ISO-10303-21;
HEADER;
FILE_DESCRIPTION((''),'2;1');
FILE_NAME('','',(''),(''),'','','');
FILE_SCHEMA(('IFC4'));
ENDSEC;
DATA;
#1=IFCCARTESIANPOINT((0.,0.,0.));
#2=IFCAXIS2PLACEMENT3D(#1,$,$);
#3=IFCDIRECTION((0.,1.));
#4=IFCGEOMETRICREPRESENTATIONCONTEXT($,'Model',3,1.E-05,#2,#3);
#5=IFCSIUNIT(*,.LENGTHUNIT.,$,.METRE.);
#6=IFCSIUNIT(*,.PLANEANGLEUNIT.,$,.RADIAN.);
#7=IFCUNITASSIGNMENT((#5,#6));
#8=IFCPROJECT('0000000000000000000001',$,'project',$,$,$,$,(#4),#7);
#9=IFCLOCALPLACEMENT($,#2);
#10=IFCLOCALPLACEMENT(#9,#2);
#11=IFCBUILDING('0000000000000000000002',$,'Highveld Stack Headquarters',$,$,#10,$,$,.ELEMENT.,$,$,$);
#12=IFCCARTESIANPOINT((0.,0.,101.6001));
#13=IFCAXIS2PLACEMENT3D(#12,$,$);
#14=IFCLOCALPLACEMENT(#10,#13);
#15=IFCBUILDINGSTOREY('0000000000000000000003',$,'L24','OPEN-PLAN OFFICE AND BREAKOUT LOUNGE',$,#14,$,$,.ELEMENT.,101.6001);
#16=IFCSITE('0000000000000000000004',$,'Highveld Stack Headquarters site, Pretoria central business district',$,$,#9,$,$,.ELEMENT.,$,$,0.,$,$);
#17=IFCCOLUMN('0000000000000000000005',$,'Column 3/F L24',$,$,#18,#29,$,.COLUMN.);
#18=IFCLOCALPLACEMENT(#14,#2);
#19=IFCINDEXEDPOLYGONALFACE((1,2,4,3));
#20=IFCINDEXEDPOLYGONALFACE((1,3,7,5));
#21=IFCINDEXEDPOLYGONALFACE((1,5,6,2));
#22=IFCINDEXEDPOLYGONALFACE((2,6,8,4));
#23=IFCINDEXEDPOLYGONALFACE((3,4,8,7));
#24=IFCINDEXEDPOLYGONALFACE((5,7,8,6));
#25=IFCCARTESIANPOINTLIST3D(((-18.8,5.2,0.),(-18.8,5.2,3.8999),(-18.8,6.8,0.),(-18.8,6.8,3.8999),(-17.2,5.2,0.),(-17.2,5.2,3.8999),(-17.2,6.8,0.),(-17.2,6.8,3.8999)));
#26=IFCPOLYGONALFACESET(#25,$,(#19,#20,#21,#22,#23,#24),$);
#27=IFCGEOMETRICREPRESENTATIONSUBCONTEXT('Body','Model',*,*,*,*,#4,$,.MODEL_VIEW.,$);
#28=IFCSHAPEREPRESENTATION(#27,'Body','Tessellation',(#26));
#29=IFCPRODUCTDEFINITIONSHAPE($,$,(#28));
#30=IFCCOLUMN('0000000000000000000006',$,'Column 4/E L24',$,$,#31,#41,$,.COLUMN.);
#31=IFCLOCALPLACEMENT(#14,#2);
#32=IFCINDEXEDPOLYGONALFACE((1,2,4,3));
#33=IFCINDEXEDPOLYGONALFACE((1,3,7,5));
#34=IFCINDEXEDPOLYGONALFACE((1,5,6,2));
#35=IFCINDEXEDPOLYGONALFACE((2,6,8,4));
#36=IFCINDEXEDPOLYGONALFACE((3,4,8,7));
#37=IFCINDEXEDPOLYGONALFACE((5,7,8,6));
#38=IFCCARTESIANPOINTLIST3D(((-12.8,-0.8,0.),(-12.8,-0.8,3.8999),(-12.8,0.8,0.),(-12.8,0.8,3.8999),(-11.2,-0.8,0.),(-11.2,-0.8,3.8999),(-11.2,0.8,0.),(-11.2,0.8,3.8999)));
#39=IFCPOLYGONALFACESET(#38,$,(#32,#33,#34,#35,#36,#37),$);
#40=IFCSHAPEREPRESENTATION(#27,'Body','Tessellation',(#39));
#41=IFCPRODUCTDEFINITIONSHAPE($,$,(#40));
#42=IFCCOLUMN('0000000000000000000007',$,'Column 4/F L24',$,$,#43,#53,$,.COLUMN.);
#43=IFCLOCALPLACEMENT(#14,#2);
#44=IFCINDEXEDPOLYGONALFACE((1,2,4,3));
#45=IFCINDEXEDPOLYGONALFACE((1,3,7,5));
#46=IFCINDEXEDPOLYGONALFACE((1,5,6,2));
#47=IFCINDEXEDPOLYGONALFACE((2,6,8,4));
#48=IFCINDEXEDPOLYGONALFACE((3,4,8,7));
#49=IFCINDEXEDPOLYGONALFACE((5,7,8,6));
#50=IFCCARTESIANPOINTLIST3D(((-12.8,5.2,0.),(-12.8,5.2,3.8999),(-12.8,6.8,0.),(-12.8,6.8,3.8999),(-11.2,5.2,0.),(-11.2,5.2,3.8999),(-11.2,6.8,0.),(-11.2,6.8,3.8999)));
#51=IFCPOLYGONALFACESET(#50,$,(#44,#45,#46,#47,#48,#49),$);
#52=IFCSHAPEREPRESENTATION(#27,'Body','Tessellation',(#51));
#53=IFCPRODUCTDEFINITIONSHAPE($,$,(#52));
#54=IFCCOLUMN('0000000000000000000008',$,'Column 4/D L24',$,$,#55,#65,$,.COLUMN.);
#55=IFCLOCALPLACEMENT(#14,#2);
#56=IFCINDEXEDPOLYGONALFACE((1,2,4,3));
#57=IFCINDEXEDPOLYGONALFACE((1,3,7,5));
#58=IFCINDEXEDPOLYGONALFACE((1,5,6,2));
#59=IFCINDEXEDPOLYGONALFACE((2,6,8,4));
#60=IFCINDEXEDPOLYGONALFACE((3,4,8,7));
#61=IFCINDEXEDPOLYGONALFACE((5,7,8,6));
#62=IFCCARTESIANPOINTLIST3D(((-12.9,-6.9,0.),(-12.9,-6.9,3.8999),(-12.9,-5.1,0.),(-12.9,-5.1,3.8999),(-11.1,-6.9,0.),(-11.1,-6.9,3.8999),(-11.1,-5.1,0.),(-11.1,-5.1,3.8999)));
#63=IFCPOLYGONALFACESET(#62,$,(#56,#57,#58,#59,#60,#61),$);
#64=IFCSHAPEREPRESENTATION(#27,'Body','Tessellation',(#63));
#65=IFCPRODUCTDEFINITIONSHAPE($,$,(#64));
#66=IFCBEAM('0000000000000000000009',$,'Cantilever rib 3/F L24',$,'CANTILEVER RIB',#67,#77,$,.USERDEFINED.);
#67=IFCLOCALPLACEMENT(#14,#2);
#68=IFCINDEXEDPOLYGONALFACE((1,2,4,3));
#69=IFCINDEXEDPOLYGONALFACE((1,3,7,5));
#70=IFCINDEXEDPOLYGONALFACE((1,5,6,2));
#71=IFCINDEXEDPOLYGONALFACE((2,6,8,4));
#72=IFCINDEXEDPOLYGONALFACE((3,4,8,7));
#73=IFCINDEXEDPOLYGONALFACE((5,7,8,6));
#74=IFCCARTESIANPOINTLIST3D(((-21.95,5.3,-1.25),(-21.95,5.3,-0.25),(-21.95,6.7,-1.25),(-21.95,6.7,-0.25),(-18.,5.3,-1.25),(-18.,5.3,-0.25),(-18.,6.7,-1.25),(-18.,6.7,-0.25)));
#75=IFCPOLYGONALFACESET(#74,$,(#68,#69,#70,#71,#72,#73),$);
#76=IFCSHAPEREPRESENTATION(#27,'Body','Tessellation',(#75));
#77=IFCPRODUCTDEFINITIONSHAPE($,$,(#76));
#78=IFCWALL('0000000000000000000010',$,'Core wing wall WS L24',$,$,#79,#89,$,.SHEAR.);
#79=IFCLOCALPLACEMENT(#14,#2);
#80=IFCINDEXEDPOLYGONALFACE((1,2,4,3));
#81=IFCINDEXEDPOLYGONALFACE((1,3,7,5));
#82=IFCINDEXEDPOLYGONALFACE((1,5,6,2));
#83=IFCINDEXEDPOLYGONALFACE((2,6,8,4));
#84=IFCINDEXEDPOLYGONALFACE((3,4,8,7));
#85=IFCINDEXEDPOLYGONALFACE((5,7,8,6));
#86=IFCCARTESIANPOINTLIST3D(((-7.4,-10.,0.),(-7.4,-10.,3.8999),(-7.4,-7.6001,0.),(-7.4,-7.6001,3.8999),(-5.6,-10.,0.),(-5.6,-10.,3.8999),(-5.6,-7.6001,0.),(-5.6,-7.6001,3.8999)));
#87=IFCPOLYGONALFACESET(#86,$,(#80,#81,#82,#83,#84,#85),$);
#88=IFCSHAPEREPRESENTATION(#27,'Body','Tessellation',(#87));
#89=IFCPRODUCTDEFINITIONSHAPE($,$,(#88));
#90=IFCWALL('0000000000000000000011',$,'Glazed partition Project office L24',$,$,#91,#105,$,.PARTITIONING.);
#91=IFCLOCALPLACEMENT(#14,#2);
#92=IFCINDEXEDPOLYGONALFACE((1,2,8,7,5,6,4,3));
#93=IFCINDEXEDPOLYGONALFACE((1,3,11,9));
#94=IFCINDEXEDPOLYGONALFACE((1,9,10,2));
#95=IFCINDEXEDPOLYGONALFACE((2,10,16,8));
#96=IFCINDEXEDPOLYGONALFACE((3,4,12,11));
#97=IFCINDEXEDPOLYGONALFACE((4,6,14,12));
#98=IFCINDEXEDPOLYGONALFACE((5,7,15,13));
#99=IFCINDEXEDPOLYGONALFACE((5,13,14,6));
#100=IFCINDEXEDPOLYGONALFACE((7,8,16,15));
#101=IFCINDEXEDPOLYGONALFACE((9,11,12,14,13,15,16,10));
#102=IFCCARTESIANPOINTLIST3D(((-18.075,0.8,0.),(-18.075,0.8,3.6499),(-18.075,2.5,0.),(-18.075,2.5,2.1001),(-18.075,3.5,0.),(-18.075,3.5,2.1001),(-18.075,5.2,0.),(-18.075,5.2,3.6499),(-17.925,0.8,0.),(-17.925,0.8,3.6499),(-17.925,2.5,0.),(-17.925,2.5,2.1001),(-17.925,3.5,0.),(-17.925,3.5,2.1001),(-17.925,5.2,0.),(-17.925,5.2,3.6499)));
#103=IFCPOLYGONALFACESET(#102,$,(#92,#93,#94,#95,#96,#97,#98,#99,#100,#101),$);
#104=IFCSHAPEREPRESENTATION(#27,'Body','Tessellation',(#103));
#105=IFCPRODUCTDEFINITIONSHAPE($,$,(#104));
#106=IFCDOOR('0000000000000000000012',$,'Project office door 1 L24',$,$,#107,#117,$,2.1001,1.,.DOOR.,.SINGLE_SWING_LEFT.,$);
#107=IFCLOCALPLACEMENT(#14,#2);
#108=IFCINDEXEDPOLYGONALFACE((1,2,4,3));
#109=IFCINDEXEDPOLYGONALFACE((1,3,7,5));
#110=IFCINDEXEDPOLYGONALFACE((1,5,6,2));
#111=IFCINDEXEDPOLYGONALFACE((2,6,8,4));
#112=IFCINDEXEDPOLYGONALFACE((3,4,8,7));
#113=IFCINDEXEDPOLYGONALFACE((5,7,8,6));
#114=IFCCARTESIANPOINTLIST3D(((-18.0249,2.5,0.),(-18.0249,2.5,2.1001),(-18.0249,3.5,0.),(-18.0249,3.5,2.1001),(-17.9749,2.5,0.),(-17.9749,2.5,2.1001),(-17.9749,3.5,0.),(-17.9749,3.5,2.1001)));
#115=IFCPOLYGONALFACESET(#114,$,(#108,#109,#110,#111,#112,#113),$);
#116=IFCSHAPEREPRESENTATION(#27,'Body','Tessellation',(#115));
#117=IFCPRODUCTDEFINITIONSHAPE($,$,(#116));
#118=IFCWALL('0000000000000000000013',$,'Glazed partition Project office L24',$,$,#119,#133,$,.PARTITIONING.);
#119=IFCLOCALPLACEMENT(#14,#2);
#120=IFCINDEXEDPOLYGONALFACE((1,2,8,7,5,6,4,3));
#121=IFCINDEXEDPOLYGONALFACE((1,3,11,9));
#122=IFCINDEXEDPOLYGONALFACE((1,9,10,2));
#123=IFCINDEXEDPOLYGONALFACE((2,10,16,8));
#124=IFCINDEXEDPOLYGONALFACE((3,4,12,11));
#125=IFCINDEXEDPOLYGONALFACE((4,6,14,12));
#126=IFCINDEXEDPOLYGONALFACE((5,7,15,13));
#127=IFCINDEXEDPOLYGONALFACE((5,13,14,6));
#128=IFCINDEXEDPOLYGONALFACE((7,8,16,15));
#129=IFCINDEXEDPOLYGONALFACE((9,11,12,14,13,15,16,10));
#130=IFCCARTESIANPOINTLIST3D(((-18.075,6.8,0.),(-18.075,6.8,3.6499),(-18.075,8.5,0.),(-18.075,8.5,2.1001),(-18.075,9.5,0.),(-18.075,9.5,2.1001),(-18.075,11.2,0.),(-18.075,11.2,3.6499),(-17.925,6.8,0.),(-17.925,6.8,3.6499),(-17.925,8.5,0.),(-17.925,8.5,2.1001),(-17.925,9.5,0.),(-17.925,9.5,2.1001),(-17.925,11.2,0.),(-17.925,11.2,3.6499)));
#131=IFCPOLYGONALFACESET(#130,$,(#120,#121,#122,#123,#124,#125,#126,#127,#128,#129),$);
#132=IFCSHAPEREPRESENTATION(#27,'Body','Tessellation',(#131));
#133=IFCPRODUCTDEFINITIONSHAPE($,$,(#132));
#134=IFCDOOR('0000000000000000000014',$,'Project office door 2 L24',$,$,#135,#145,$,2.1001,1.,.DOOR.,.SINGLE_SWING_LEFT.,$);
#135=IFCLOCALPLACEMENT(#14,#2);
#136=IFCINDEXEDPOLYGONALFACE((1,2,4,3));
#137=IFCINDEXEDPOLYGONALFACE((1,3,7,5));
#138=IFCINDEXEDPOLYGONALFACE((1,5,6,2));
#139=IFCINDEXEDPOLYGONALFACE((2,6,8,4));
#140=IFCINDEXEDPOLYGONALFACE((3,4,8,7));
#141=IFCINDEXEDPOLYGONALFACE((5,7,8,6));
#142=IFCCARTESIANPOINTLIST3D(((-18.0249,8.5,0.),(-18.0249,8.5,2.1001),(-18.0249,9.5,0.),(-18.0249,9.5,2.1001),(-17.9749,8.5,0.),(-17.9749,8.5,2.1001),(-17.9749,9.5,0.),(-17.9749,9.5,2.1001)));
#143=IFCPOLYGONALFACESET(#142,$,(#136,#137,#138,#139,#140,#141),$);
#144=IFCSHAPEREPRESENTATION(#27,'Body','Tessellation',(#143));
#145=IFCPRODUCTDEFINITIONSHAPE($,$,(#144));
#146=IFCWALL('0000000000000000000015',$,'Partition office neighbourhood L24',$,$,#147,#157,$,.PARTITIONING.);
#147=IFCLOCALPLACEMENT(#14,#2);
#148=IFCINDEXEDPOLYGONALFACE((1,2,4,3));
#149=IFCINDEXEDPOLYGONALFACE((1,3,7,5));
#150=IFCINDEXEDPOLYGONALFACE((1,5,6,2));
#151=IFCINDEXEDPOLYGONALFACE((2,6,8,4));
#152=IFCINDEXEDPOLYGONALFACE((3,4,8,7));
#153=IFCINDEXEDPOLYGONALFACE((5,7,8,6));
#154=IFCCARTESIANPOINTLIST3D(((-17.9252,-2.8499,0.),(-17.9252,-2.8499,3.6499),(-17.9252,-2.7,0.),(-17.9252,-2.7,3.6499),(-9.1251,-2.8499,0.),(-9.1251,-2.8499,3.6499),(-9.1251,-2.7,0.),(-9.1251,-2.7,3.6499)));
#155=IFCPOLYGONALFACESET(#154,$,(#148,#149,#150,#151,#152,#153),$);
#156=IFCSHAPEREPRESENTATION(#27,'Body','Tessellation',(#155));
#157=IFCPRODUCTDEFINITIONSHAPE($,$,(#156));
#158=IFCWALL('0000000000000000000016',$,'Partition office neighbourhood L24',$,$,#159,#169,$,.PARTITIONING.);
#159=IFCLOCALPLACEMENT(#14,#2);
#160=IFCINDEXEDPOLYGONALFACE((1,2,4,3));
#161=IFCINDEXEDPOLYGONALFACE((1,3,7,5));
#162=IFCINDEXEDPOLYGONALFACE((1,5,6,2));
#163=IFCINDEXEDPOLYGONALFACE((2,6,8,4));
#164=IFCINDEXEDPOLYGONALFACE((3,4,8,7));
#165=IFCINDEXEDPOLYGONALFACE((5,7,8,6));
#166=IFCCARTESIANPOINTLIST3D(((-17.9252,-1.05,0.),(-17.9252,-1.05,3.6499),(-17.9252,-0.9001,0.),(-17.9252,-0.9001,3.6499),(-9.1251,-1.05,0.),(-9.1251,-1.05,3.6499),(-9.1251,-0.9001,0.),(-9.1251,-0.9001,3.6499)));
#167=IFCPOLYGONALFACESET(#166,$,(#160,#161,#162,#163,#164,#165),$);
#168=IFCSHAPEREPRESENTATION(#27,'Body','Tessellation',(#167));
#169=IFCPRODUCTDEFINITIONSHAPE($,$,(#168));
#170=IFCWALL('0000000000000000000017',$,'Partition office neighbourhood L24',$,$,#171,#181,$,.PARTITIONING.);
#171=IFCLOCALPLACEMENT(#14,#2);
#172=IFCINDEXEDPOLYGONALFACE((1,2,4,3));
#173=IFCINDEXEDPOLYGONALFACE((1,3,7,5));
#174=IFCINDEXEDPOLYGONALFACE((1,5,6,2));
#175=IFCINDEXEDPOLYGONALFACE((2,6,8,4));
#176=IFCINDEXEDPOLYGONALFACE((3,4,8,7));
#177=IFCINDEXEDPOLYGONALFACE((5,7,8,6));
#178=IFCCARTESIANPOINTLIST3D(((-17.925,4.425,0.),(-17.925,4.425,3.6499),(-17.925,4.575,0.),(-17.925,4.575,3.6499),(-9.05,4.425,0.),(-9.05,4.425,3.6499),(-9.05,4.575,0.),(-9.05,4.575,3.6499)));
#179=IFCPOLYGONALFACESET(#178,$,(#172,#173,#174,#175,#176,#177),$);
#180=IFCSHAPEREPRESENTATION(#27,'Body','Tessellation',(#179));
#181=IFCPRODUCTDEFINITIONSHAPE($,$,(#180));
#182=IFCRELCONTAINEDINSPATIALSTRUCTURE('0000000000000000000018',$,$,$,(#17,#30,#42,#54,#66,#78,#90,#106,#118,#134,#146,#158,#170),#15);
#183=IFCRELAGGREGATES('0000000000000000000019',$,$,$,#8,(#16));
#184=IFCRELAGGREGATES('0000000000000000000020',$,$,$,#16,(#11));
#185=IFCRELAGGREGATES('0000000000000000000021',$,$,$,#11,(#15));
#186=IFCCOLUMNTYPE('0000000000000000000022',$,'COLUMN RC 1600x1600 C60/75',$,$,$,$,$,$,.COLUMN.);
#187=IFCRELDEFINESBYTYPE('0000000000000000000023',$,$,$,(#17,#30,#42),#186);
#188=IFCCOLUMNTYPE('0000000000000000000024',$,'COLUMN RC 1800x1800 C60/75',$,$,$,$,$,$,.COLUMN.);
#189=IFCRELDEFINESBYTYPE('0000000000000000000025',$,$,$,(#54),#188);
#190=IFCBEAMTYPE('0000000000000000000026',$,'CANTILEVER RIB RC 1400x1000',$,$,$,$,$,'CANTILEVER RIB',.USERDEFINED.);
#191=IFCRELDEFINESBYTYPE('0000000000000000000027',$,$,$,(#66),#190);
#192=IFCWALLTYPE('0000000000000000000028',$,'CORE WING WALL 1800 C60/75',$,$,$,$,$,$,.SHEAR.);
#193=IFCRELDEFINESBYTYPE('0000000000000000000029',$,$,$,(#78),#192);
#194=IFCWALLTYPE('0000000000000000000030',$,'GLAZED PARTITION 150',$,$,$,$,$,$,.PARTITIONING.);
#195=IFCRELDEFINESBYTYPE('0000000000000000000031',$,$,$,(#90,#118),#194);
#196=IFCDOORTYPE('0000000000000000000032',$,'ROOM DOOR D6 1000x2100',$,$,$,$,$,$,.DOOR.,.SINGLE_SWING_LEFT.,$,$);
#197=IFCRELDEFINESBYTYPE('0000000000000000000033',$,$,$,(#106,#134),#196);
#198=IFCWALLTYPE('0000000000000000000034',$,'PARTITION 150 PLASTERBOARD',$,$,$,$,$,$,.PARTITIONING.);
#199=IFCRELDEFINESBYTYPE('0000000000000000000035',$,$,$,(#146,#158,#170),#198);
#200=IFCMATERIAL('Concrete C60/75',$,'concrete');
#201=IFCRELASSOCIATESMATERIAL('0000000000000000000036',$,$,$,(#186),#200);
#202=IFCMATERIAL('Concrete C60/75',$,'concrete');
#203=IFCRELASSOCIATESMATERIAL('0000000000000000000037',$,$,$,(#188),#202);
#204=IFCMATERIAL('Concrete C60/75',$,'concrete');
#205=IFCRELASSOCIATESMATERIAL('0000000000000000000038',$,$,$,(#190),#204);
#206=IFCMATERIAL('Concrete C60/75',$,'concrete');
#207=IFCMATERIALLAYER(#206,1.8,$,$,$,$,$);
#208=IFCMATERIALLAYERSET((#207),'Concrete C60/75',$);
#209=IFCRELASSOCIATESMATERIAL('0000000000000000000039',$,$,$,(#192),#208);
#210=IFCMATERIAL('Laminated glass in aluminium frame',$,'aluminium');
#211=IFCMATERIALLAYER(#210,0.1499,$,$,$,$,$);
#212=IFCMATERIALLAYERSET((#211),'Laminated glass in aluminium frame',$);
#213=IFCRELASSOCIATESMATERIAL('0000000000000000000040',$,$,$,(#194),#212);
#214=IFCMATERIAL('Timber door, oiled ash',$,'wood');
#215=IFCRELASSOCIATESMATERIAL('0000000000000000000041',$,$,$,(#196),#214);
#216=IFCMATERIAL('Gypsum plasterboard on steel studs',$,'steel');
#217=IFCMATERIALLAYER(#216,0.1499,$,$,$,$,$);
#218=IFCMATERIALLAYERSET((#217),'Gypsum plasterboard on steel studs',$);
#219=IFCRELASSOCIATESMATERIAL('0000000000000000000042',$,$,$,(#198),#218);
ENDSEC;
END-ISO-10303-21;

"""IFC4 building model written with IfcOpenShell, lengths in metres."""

from ifc_helpers import new_model, si_unit, direction, frame, frame_2d, origin, origin_2d, place, context, subcontext, project, spatial, rectangle, extrude, material, layer, layer_set, material_profile, profile_set, type_object, element, fill, save


model = new_model("IFC4")

# Units and contexts
model_context = context("Model", 3, precision=1e-05, world=origin(), true_north=direction((0.0, 1.0)))
body_context = subcontext(model_context, "Body", "Model", "MODEL_VIEW")
ifc_project = project(units=[si_unit("LENGTHUNIT", "METRE"), si_unit("PLANEANGLEUNIT", "RADIAN")], contexts=[model_context])

# Site, building, storey
site_placement = place(None, origin())
site = spatial("IfcSite", under=ifc_project, at=site_placement, Name="Highveld Stack Headquarters site, Pretoria central business district", CompositionType="ELEMENT", RefElevation=0.0)
building_placement = place(site_placement, origin())
building = spatial("IfcBuilding", under=site, at=building_placement, Name="Highveld Stack Headquarters", CompositionType="ELEMENT")
storey_placement = place(building_placement, frame((0.0, 0.0, 101.6001)))
storey = spatial("IfcBuildingStorey", under=building, at=storey_placement, Name="L24", Description="OPEN-PLAN OFFICE AND BREAKOUT LOUNGE", CompositionType="ELEMENT", Elevation=101.6001)

# Columns
ifc_material_1 = material(Name="Concrete C60/75", Category="concrete")
ifc_material_profile_1 = material_profile(ifc_material_1, rectangle(XDim=1.6001, YDim=1.6001, at=origin_2d()), Name="RC 1600x1600")
ifc_profile_set_1 = profile_set([ifc_material_profile_1], Name="Concrete C60/75")
column_type_1 = type_object("IfcColumnType", Name="COLUMN RC 1600x1600 C60/75", PredefinedType="COLUMN", material=ifc_profile_set_1)
for number, where, z_axis, x_axis, name in (
    (1, (-18.0, 6.0, 0.0), (0.0, 0.0, 1.0), (1.0, 0.0, 0.0), "Column 3/F L24"),
    (2, (-12.0, 0.0, 0.0), (0.0, 0.0, 1.0), (1.0, 0.0, 0.0), "Column 4/E L24"),
    (3, (-12.0, 6.0, 0.0), (0.0, 0.0, 1.0), (1.0, 0.0, 0.0), "Column 4/F L24"),
):
    element("IfcColumn", number, at=place(storey_placement, frame(where, z_axis=z_axis, x_axis=x_axis)), inside=storey, type_object=column_type_1, Name=name, PredefinedType="COLUMN", context=body_context, shape_type="SweptSolid", body=[
        extrude(rectangle(XDim=1.6001, YDim=1.6001, at=origin_2d()), origin(), (0.0, 0.0, 1.0), 3.8999),
    ])
ifc_material_2 = material(Name="Concrete C60/75", Category="concrete")
ifc_material_profile_2 = material_profile(ifc_material_2, rectangle(XDim=1.8, YDim=1.8, at=origin_2d()), Name="RC 1800x1800")
ifc_profile_set_2 = profile_set([ifc_material_profile_2], Name="Concrete C60/75")
column_type_2 = type_object("IfcColumnType", Name="COLUMN RC 1800x1800 C60/75", PredefinedType="COLUMN", material=ifc_profile_set_2)
column_placement = place(storey_placement, frame((-12.0, -6.0, 0.0), z_axis=(0.0, 0.0, 1.0), x_axis=(1.0, 0.0, 0.0)))
element("IfcColumn", 4, at=column_placement, inside=storey, type_object=column_type_2, Name="Column 4/D L24", PredefinedType="COLUMN", context=body_context, shape_type="SweptSolid", body=[
    extrude(rectangle(XDim=1.8, YDim=1.8, at=origin_2d()), origin(), (0.0, 0.0, 1.0), 3.8999),
])

# Beam
ifc_material_3 = material(Name="Concrete C60/75", Category="concrete")
ifc_material_profile_3 = material_profile(ifc_material_3, rectangle(XDim=1.3999, YDim=1.0, at=origin_2d()), Name="RC 1400x1000")
ifc_profile_set_3 = profile_set([ifc_material_profile_3], Name="Concrete C60/75")
beam_type = type_object("IfcBeamType", Name="CANTILEVER RIB RC 1400x1000", ElementType="CANTILEVER RIB", PredefinedType="USERDEFINED", material=ifc_profile_set_3)
beam_placement = place(storey_placement, frame((-18.0, 6.0, -0.75), z_axis=(-1.0, 0.0, 0.0), x_axis=(0.0, -1.0, 0.0)))
element("IfcBeam", 5, at=beam_placement, inside=storey, type_object=beam_type, Name="Cantilever rib 3/F L24", ObjectType="CANTILEVER RIB", PredefinedType="USERDEFINED", context=body_context, shape_type="SweptSolid", body=[
    extrude(rectangle(XDim=1.3999, YDim=1.0, at=origin_2d()), origin(), (0.0, 0.0, 1.0), 3.95),
])

# Wall
ifc_material_4 = material(Name="Concrete C60/75", Category="concrete")
ifc_layer_1 = layer(ifc_material_4, 1.8)
ifc_layer_set_1 = layer_set([ifc_layer_1], Name="Concrete C60/75")
wall_type_1 = type_object("IfcWallType", Name="CORE WING WALL 1800 C60/75", PredefinedType="SHEAR", material=ifc_layer_set_1)
wall_1_placement = place(storey_placement, frame((-6.5, -10.0, 0.0), z_axis=(0.0, 0.0, 1.0), x_axis=(0.0, 1.0, 0.0)))
element("IfcWall", 6, at=wall_1_placement, inside=storey, type_object=wall_type_1, Name="Core wing wall WS L24", PredefinedType="SHEAR", context=body_context, shape_type="SweptSolid", body=[
    extrude(rectangle(XDim=2.3999, YDim=1.8, at=frame_2d((1.2, 0.0))), origin(), (0.0, 0.0, 1.0), 3.8999),
])

# Walls, openings, doors
ifc_material_5 = material(Name="Laminated glass in aluminium frame", Category="aluminium")
ifc_layer_2 = layer(ifc_material_5, 0.1499)
ifc_layer_set_2 = layer_set([ifc_layer_2], Name="Laminated glass in aluminium frame")
wall_type_2 = type_object("IfcWallType", Name="GLAZED PARTITION 150", PredefinedType="PARTITIONING", material=ifc_layer_set_2)
wall_2_placement = place(storey_placement, frame((-18.0, 0.8, 0.0), z_axis=(0.0, 0.0, 1.0), x_axis=(0.0, 1.0, 0.0)))
wall_2 = element("IfcWall", 7, at=wall_2_placement, inside=storey, type_object=wall_type_2, Name="Glazed partition Project office L24", PredefinedType="PARTITIONING", context=body_context, shape_type="SweptSolid", body=[
    extrude(rectangle(XDim=4.3999, YDim=0.1499, at=frame_2d((2.2, 0.0))), origin(), (0.0, 0.0, 1.0), 3.6499),
])
opening_1_placement = place(wall_2_placement, frame((1.7, 0.0, 0.0)))
opening_1 = element("IfcOpeningElement", 8, at=opening_1_placement, cuts=wall_2, PredefinedType="OPENING", context=body_context, shape_type="SweptSolid", body=[
    extrude(rectangle(XDim=1.0, YDim=2.1001, at=frame_2d((0.5, 1.05))), frame((0.0, 0.085, 0.0), z_axis=(0.0, -1.0, 0.0), x_axis=(1.0, 0.0, 0.0)), (0.0, 0.0, 1.0), 0.1699),
])
ifc_material_6 = material(Name="Timber door, oiled ash", Category="wood")
door_type = type_object("IfcDoorType", Name="ROOM DOOR D6 1000x2100", OperationType="SINGLE_SWING_LEFT", PredefinedType="DOOR", material=ifc_material_6)
door_1_placement = place(opening_1_placement, origin())
door_1 = element("IfcDoor", 9, at=door_1_placement, inside=storey, type_object=door_type, Name="Project office door 1 L24", OperationType="SINGLE_SWING_LEFT", OverallHeight=2.1001, OverallWidth=1.0, PredefinedType="DOOR", context=body_context, shape_type="SweptSolid", body=[
    extrude(rectangle(XDim=1.0, YDim=2.1001, at=frame_2d((0.5, 1.05))), frame((0.0, 0.0249, 0.0), z_axis=(0.0, -1.0, 0.0), x_axis=(1.0, 0.0, 0.0)), (0.0, 0.0, 1.0), 0.05),
])
fill(opening_1, door_1)
wall_3_placement = place(storey_placement, frame((-18.0, 6.8, 0.0), z_axis=(0.0, 0.0, 1.0), x_axis=(0.0, 1.0, 0.0)))
wall_3 = element("IfcWall", 10, at=wall_3_placement, inside=storey, type_object=wall_type_2, Name="Glazed partition Project office L24", PredefinedType="PARTITIONING", context=body_context, shape_type="SweptSolid", body=[
    extrude(rectangle(XDim=4.3999, YDim=0.1499, at=frame_2d((2.2, 0.0))), origin(), (0.0, 0.0, 1.0), 3.6499),
])
opening_2_placement = place(wall_3_placement, frame((1.7, 0.0, 0.0)))
opening_2 = element("IfcOpeningElement", 11, at=opening_2_placement, cuts=wall_3, PredefinedType="OPENING", context=body_context, shape_type="SweptSolid", body=[
    extrude(rectangle(XDim=1.0, YDim=2.1001, at=frame_2d((0.5, 1.05))), frame((0.0, 0.085, 0.0), z_axis=(0.0, -1.0, 0.0), x_axis=(1.0, 0.0, 0.0)), (0.0, 0.0, 1.0), 0.1699),
])
door_2_placement = place(opening_2_placement, origin())
door_2 = element("IfcDoor", 12, at=door_2_placement, inside=storey, type_object=door_type, Name="Project office door 2 L24", OperationType="SINGLE_SWING_LEFT", OverallHeight=2.1001, OverallWidth=1.0, PredefinedType="DOOR", context=body_context, shape_type="SweptSolid", body=[
    extrude(rectangle(XDim=1.0, YDim=2.1001, at=frame_2d((0.5, 1.05))), frame((0.0, 0.0249, 0.0), z_axis=(0.0, -1.0, 0.0), x_axis=(1.0, 0.0, 0.0)), (0.0, 0.0, 1.0), 0.05),
])
fill(opening_2, door_2)

# Walls
ifc_material_7 = material(Name="Gypsum plasterboard on steel studs", Category="steel")
ifc_layer_3 = layer(ifc_material_7, 0.1499)
ifc_layer_set_3 = layer_set([ifc_layer_3], Name="Gypsum plasterboard on steel studs")
wall_type_3 = type_object("IfcWallType", Name="PARTITION 150 PLASTERBOARD", PredefinedType="PARTITIONING", material=ifc_layer_set_3)
for number, where, z_axis, x_axis, name in (
    (13, (-17.925, -2.7749, 0.0), (0.0, 0.0, 1.0), (1.0, 0.0, 0.0), "Partition office neighbourhood L24"),
    (14, (-17.925, -0.9751, 0.0), (0.0, 0.0, 1.0), (1.0, 0.0, 0.0), "Partition office neighbourhood L24"),
):
    element("IfcWall", number, at=place(storey_placement, frame(where, z_axis=z_axis, x_axis=x_axis)), inside=storey, type_object=wall_type_3, Name=name, PredefinedType="PARTITIONING", context=body_context, shape_type="SweptSolid", body=[
        extrude(rectangle(XDim=8.8, YDim=0.1499, at=frame_2d((4.3999, 0.0))), origin(), (0.0, 0.0, 1.0), 3.6499),
    ])
wall_4_placement = place(storey_placement, frame((-17.925, 4.5, 0.0), z_axis=(0.0, 0.0, 1.0), x_axis=(1.0, 0.0, 0.0)))
element("IfcWall", 15, at=wall_4_placement, inside=storey, type_object=wall_type_3, Name="Partition office neighbourhood L24", PredefinedType="PARTITIONING", context=body_context, shape_type="SweptSolid", body=[
    extrude(rectangle(XDim=8.875, YDim=0.1499, at=frame_2d((4.4375, 0.0))), origin(), (0.0, 0.0, 1.0), 3.6499),
])

save(model, "model.ifc")
